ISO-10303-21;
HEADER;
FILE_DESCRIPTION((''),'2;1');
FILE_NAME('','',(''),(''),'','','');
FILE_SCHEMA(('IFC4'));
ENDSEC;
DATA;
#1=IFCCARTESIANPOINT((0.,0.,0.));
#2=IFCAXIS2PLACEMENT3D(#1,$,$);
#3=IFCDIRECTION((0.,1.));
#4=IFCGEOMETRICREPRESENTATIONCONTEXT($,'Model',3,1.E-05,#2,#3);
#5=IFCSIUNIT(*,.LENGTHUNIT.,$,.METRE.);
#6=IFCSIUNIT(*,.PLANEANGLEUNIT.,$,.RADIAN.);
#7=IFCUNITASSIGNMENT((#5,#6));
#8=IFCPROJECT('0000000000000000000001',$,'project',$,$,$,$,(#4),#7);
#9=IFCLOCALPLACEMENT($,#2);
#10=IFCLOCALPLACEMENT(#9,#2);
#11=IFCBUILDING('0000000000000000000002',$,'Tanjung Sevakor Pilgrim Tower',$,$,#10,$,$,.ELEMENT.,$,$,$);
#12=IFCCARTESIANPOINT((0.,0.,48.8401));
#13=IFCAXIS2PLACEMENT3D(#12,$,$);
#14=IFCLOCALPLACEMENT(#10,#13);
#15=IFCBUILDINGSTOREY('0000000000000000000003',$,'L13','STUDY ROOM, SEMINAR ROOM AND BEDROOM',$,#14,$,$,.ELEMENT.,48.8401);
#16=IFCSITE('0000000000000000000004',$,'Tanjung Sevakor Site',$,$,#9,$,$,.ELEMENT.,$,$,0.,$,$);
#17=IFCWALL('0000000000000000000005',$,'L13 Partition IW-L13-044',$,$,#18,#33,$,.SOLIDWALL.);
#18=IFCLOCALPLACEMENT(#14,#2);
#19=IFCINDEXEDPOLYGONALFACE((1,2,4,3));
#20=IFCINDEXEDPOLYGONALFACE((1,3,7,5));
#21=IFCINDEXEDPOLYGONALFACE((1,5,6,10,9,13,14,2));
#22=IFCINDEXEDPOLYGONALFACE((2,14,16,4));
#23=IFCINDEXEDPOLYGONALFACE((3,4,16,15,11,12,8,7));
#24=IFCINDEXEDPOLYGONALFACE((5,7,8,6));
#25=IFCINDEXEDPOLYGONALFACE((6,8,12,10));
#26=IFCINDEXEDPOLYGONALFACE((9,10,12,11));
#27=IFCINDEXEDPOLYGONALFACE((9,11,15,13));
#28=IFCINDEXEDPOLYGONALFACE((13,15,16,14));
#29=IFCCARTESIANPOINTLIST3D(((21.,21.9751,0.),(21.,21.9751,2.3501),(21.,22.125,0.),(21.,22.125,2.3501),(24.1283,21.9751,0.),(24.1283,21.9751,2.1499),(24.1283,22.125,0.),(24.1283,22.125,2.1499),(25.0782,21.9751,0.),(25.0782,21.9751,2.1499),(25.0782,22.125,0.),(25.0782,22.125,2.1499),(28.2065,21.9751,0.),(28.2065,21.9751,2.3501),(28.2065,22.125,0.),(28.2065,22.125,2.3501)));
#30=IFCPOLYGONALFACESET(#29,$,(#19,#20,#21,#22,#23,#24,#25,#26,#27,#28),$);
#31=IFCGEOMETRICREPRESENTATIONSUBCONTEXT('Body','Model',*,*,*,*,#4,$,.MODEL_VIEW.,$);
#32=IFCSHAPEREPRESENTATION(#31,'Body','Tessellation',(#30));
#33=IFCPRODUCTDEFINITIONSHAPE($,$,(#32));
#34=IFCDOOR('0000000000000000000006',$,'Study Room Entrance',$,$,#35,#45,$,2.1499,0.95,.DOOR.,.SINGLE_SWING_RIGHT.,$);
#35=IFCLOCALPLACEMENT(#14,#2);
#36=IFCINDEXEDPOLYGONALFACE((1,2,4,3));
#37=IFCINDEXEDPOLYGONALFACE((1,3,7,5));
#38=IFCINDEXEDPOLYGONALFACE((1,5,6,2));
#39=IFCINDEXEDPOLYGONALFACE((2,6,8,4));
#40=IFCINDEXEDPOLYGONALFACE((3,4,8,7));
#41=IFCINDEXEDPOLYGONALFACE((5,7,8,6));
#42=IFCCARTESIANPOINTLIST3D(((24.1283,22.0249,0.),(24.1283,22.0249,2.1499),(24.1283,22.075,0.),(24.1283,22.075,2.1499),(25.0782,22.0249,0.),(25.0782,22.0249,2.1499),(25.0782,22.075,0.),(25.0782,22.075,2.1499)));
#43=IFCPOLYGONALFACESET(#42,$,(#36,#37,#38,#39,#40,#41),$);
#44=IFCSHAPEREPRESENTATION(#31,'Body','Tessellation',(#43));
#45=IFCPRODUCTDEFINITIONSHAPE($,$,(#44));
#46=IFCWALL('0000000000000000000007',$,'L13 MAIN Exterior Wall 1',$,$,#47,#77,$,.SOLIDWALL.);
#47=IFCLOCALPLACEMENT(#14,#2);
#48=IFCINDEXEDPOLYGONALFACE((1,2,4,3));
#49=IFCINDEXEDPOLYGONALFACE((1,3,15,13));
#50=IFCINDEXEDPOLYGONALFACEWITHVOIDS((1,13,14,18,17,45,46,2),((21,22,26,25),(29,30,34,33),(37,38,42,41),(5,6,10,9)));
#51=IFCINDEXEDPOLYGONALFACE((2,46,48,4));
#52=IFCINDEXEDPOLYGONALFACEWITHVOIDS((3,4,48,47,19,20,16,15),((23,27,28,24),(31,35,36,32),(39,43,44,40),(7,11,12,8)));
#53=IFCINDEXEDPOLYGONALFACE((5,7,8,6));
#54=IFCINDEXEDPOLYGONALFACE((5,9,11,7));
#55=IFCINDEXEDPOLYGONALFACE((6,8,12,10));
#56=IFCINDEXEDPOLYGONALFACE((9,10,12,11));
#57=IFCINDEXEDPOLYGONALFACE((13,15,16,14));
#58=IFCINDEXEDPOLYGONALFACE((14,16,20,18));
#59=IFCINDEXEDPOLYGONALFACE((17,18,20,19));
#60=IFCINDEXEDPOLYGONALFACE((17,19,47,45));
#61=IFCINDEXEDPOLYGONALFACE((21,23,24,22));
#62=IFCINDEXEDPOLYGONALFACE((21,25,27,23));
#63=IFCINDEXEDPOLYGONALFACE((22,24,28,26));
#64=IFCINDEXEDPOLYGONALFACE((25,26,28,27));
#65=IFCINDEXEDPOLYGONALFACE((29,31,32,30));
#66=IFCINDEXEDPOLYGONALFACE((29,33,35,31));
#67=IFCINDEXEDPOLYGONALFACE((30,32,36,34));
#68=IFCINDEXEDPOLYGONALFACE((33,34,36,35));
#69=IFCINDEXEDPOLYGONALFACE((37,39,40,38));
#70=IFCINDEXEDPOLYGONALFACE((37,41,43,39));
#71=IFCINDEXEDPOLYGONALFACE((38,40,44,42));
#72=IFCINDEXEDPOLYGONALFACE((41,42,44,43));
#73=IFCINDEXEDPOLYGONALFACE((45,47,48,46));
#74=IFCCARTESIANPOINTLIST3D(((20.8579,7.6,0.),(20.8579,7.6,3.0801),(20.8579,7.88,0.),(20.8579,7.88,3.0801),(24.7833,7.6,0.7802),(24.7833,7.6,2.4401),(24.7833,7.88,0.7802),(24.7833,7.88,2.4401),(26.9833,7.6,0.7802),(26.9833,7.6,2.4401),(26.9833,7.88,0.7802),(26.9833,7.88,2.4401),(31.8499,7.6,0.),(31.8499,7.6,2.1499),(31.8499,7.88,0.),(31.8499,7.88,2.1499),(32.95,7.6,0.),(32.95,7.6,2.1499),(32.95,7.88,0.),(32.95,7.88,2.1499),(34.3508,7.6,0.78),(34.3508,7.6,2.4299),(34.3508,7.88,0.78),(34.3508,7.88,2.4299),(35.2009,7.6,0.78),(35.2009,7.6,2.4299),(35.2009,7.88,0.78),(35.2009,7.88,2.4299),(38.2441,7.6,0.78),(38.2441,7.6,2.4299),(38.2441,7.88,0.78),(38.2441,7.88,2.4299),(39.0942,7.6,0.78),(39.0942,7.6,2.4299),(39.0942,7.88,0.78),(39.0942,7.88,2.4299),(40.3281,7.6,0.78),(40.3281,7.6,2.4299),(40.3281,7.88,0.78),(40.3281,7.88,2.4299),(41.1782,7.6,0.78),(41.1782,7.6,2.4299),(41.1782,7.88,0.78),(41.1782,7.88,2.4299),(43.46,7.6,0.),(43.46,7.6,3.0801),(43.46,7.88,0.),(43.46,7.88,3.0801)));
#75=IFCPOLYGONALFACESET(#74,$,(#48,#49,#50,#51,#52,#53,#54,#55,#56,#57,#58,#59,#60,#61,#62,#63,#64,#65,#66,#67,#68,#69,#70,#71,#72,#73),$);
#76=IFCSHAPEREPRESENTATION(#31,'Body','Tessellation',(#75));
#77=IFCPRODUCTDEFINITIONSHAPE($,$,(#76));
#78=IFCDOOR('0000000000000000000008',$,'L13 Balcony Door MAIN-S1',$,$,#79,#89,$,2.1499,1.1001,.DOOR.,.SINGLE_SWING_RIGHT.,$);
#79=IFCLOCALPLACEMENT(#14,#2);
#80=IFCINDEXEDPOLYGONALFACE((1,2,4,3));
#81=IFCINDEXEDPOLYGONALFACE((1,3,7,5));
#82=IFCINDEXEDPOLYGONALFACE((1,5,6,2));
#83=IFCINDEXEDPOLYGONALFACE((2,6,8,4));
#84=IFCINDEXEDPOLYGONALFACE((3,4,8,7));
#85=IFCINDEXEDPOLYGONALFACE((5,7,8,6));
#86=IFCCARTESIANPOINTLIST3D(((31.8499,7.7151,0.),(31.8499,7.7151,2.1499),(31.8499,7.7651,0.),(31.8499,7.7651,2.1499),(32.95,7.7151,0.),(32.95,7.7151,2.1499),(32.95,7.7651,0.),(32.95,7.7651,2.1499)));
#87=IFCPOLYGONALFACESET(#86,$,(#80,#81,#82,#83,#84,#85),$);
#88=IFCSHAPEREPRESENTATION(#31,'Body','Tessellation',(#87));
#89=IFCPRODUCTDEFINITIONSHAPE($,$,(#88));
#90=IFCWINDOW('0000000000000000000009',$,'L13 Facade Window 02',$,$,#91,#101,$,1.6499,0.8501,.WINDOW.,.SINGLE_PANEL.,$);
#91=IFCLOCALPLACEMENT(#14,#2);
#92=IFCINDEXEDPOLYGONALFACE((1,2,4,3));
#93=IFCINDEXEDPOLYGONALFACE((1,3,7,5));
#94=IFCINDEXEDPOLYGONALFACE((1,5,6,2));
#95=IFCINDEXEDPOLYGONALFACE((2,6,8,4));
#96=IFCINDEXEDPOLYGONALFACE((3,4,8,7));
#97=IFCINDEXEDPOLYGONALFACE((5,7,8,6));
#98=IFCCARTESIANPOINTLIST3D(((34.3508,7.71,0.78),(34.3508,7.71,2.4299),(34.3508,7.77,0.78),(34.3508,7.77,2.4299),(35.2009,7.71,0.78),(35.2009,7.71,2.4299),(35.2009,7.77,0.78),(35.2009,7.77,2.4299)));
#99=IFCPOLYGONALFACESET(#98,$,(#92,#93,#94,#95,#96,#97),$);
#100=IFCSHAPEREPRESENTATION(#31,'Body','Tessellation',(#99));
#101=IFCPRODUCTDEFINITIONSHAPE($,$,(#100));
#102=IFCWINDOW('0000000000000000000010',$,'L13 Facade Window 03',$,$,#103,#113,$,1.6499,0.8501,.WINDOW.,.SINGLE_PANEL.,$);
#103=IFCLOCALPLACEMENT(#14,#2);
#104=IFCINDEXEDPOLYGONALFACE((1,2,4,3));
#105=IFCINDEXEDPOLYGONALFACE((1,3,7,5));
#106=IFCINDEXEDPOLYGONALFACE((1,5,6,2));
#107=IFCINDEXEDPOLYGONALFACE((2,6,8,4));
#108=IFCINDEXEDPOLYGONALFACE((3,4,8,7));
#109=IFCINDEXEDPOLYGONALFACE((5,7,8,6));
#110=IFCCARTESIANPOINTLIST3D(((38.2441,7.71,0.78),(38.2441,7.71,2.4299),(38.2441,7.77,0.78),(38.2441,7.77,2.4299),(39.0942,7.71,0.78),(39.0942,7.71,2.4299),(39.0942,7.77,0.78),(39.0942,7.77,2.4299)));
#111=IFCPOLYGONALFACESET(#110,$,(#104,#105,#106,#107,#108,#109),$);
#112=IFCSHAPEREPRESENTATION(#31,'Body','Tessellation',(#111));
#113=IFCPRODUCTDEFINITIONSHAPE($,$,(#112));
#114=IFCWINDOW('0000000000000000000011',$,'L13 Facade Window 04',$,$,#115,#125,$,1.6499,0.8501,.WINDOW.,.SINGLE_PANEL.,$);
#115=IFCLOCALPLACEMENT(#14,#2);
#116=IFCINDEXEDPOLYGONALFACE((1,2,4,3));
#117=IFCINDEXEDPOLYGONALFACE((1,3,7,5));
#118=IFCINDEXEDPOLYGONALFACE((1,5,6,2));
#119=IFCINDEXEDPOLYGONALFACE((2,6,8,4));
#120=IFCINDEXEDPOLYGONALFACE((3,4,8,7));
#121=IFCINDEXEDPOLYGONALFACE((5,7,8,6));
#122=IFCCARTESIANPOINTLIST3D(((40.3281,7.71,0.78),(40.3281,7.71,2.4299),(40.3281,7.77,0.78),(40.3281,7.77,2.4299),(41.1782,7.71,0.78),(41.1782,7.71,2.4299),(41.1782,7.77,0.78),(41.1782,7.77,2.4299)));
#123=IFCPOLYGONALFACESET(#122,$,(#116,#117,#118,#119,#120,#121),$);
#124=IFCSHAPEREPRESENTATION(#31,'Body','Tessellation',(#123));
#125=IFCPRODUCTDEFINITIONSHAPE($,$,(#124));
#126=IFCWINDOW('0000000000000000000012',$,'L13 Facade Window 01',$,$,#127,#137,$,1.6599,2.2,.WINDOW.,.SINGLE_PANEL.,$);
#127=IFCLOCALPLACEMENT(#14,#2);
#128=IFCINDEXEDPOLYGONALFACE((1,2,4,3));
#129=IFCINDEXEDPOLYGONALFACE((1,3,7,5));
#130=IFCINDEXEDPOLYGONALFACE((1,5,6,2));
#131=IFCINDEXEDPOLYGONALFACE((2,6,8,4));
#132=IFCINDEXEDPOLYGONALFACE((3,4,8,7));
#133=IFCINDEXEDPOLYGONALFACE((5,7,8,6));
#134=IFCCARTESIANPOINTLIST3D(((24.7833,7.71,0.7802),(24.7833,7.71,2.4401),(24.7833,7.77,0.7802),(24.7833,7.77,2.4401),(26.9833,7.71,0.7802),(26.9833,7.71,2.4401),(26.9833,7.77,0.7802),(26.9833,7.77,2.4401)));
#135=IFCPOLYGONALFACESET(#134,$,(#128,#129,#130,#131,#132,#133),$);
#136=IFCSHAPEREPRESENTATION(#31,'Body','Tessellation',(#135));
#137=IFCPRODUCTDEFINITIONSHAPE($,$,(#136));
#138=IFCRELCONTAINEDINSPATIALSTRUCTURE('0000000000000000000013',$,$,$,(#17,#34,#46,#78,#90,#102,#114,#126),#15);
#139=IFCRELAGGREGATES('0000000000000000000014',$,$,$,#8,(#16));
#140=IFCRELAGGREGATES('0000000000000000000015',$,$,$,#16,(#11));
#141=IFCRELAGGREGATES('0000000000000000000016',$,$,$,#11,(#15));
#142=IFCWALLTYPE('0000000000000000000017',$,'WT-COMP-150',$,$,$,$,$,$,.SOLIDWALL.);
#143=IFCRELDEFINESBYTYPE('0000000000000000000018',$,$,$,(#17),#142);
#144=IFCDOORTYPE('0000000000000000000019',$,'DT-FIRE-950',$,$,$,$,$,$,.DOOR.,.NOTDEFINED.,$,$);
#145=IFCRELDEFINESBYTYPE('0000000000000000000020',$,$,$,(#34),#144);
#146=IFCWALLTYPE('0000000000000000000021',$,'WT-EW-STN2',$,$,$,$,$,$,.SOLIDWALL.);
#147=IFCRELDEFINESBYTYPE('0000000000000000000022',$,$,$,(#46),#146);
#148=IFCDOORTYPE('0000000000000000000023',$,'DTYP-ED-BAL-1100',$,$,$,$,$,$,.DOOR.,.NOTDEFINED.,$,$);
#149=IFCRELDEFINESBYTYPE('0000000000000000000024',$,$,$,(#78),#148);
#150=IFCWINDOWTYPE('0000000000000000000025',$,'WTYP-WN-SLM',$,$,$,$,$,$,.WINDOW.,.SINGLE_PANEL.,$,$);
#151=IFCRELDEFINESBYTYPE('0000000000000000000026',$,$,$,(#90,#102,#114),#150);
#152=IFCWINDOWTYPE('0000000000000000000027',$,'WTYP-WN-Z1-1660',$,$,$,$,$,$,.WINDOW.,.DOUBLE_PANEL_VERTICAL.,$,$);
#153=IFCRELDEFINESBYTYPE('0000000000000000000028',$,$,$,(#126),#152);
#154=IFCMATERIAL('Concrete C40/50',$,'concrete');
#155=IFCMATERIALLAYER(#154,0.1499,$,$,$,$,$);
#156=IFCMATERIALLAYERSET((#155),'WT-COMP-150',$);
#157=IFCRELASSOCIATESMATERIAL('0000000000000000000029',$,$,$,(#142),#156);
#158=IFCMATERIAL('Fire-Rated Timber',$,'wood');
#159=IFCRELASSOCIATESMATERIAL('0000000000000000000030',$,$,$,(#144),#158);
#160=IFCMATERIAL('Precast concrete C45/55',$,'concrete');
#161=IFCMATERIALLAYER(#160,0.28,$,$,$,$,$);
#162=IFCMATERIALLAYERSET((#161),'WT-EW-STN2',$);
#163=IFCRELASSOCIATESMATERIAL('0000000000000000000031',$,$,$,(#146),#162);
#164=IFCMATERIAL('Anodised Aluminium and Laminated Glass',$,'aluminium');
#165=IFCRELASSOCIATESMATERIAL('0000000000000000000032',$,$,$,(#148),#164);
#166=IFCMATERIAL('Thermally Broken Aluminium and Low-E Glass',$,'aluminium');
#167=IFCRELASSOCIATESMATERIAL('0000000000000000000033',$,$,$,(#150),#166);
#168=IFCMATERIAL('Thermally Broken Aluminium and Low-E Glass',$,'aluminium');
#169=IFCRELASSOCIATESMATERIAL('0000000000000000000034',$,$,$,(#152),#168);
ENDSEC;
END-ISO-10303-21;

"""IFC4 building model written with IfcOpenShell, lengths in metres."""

from ifc_helpers import new_model, si_unit, direction, frame, frame_2d, origin, place, context, subcontext, project, spatial, rectangle, extrude, material, layer, layer_set, type_object, element, fill, save


model = new_model("IFC4")

# Units and contexts
model_context = context("Model", 3, precision=1e-05, world=origin(), true_north=direction((0.0, 1.0)))
body_context = subcontext(model_context, "Body", "Model", "MODEL_VIEW")
ifc_project = project(units=[si_unit("LENGTHUNIT", "METRE"), si_unit("PLANEANGLEUNIT", "RADIAN")], contexts=[model_context])

# Site, building, storey
site_placement = place(None, origin())
site = spatial("IfcSite", under=ifc_project, at=site_placement, Name="Tanjung Sevakor Site", CompositionType="ELEMENT", RefElevation=0.0)
building_placement = place(site_placement, origin())
building = spatial("IfcBuilding", under=site, at=building_placement, Name="Tanjung Sevakor Pilgrim Tower", CompositionType="ELEMENT")
storey_placement = place(building_placement, frame((0.0, 0.0, 48.8401)))
storey = spatial("IfcBuildingStorey", under=building, at=storey_placement, Name="L13", Description="STUDY ROOM, SEMINAR ROOM AND BEDROOM", CompositionType="ELEMENT", Elevation=48.8401)

# Shared definitions
ifc_material_1 = material(Name="Concrete C40/50", Category="concrete")
ifc_layer_1 = layer(ifc_material_1, 0.1499)
ifc_layer_set_1 = layer_set([ifc_layer_1], Name="WT-COMP-150")
wall_type_1 = type_object("IfcWallType", Name="WT-COMP-150", PredefinedType="SOLIDWALL", material=ifc_layer_set_1)
ifc_material_2 = material(Name="Fire-Rated Timber", Category="wood")
door_type_1 = type_object("IfcDoorType", Name="DT-FIRE-950", OperationType="NOTDEFINED", PredefinedType="DOOR", material=ifc_material_2)

# Wall, opening, door
wall_1_placement = place(storey_placement, frame((21.0, 22.05, 0.0), z_axis=(0.0, 0.0, 1.0), x_axis=(1.0, 0.0, 0.0)))
wall_1 = element("IfcWall", 1, at=wall_1_placement, inside=storey, type_object=wall_type_1, Name="L13 Partition IW-L13-044", PredefinedType="SOLIDWALL", context=body_context, shape_type="SweptSolid", body=[
    extrude(rectangle(XDim=7.2065, YDim=0.1499, at=frame_2d((3.6033, 0.0))), origin(), (0.0, 0.0, 1.0), 2.3501),
])
opening_1_placement = place(wall_1_placement, frame((3.1282, 0.0, 0.0)))
opening_1 = element("IfcOpeningElement", 2, at=opening_1_placement, cuts=wall_1, PredefinedType="OPENING", context=body_context, shape_type="SweptSolid", body=[
    extrude(rectangle(XDim=0.95, YDim=2.1499, at=frame_2d((0.4751, 1.075))), frame((0.0, 0.085, 0.0), z_axis=(0.0, -1.0, 0.0), x_axis=(1.0, 0.0, 0.0)), (0.0, 0.0, 1.0), 0.1699),
])
door_1_placement = place(opening_1_placement, origin())
door_1 = element("IfcDoor", 3, at=door_1_placement, inside=storey, type_object=door_type_1, Name="Study Room Entrance", OperationType="SINGLE_SWING_RIGHT", OverallHeight=2.1499, OverallWidth=0.95, PredefinedType="DOOR", context=body_context, shape_type="SweptSolid", body=[
    extrude(rectangle(XDim=0.95, YDim=2.1499, at=frame_2d((0.4751, 1.075))), frame((0.0, 0.0249, 0.0), z_axis=(0.0, -1.0, 0.0), x_axis=(1.0, 0.0, 0.0)), (0.0, 0.0, 1.0), 0.05),
])
fill(opening_1, door_1)

# Wall, openings, door, windows
ifc_material_3 = material(Name="Precast concrete C45/55", Category="concrete")
ifc_layer_2 = layer(ifc_material_3, 0.28)
ifc_layer_set_2 = layer_set([ifc_layer_2], Name="WT-EW-STN2")
wall_type_2 = type_object("IfcWallType", Name="WT-EW-STN2", PredefinedType="SOLIDWALL", material=ifc_layer_set_2)
wall_2_placement = place(storey_placement, frame((20.8579, 7.74, 0.0), z_axis=(0.0, 0.0, 1.0), x_axis=(1.0, 0.0, 0.0)))
wall_2 = element("IfcWall", 4, at=wall_2_placement, inside=storey, type_object=wall_type_2, Name="L13 MAIN Exterior Wall 1", PredefinedType="SOLIDWALL", context=body_context, shape_type="SweptSolid", body=[
    extrude(rectangle(XDim=22.6021, YDim=0.28, at=frame_2d((11.301, 0.0))), origin(), (0.0, 0.0, 1.0), 3.0801),
])
opening_2_placement = place(wall_2_placement, frame((10.9919, 0.0, 0.0)))
opening_2 = element("IfcOpeningElement", 5, at=opening_2_placement, cuts=wall_2, PredefinedType="OPENING", context=body_context, shape_type="SweptSolid", body=[
    extrude(rectangle(XDim=1.1001, YDim=2.1499, at=frame_2d((0.55, 1.075))), frame((0.0, 0.1499, 0.0), z_axis=(0.0, -1.0, 0.0), x_axis=(1.0, 0.0, 0.0)), (0.0, 0.0, 1.0), 0.3),
])
opening_3_placement = place(wall_2_placement, frame((3.9253, 0.0, 0.78)))
opening_3 = element("IfcOpeningElement", 6, at=opening_3_placement, cuts=wall_2, PredefinedType="OPENING", context=body_context, shape_type="SweptSolid", body=[
    extrude(rectangle(XDim=2.2, YDim=1.6599, at=frame_2d((1.1001, 0.8301))), frame((0.0, 0.1499, 0.0), z_axis=(0.0, -1.0, 0.0), x_axis=(1.0, 0.0, 0.0)), (0.0, 0.0, 1.0), 0.3),
])
opening_4_placement = place(wall_2_placement, frame((13.4929, 0.0, 0.78)))
opening_4 = element("IfcOpeningElement", 7, at=opening_4_placement, cuts=wall_2, PredefinedType="OPENING", context=body_context, shape_type="SweptSolid", body=[
    extrude(rectangle(XDim=0.8501, YDim=1.6499, at=frame_2d((0.425, 0.825))), frame((0.0, 0.1499, 0.0), z_axis=(0.0, -1.0, 0.0), x_axis=(1.0, 0.0, 0.0)), (0.0, 0.0, 1.0), 0.3),
])
opening_5_placement = place(wall_2_placement, frame((17.3862, 0.0, 0.78)))
opening_5 = element("IfcOpeningElement", 8, at=opening_5_placement, cuts=wall_2, PredefinedType="OPENING", context=body_context, shape_type="SweptSolid", body=[
    extrude(rectangle(XDim=0.8501, YDim=1.6499, at=frame_2d((0.425, 0.825))), frame((0.0, 0.1499, 0.0), z_axis=(0.0, -1.0, 0.0), x_axis=(1.0, 0.0, 0.0)), (0.0, 0.0, 1.0), 0.3),
])
opening_6_placement = place(wall_2_placement, frame((19.4702, 0.0, 0.78)))
opening_6 = element("IfcOpeningElement", 9, at=opening_6_placement, cuts=wall_2, PredefinedType="OPENING", context=body_context, shape_type="SweptSolid", body=[
    extrude(rectangle(XDim=0.8501, YDim=1.6499, at=frame_2d((0.425, 0.825))), frame((0.0, 0.1499, 0.0), z_axis=(0.0, -1.0, 0.0), x_axis=(1.0, 0.0, 0.0)), (0.0, 0.0, 1.0), 0.3),
])
ifc_material_4 = material(Name="Anodised Aluminium and Laminated Glass", Category="aluminium")
door_type_2 = type_object("IfcDoorType", Name="DTYP-ED-BAL-1100", OperationType="NOTDEFINED", PredefinedType="DOOR", material=ifc_material_4)
door_2_placement = place(opening_2_placement, frame((1.1001, 0.0, 0.0), z_axis=(0.0, 0.0, 1.0), x_axis=(-1.0, 0.0, 0.0)))
door_2 = element("IfcDoor", 10, at=door_2_placement, inside=storey, type_object=door_type_2, Name="L13 Balcony Door MAIN-S1", OperationType="SINGLE_SWING_RIGHT", OverallHeight=2.1499, OverallWidth=1.1001, PredefinedType="DOOR", context=body_context, shape_type="SweptSolid", body=[
    extrude(rectangle(XDim=1.1001, YDim=2.1499, at=frame_2d((0.55, 1.075))), frame((0.0, 0.0249, 0.0), z_axis=(0.0, -1.0, 0.0), x_axis=(1.0, 0.0, 0.0)), (0.0, 0.0, 1.0), 0.05),
])
fill(opening_2, door_2)
ifc_material_5 = material(Name="Thermally Broken Aluminium and Low-E Glass", Category="aluminium")
window_type_1 = type_object("IfcWindowType", Name="WTYP-WN-SLM", PartitioningType="SINGLE_PANEL", PredefinedType="WINDOW", material=ifc_material_5)
window_1_placement = place(opening_4_placement, origin())
window_1 = element("IfcWindow", 11, at=window_1_placement, inside=storey, type_object=window_type_1, Name="L13 Facade Window 02", OverallHeight=1.6499, OverallWidth=0.8501, PartitioningType="SINGLE_PANEL", PredefinedType="WINDOW", context=body_context, shape_type="SweptSolid", body=[
    extrude(rectangle(XDim=0.8501, YDim=1.6499, at=frame_2d((0.425, 0.825))), frame((0.0, 0.03, 0.0), z_axis=(0.0, -1.0, 0.0), x_axis=(1.0, 0.0, 0.0)), (0.0, 0.0, 1.0), 0.0601),
])
fill(opening_4, window_1)
window_2_placement = place(opening_5_placement, origin())
window_2 = element("IfcWindow", 12, at=window_2_placement, inside=storey, type_object=window_type_1, Name="L13 Facade Window 03", OverallHeight=1.6499, OverallWidth=0.8501, PartitioningType="SINGLE_PANEL", PredefinedType="WINDOW", context=body_context, shape_type="SweptSolid", body=[
    extrude(rectangle(XDim=0.8501, YDim=1.6499, at=frame_2d((0.425, 0.825))), frame((0.0, 0.03, 0.0), z_axis=(0.0, -1.0, 0.0), x_axis=(1.0, 0.0, 0.0)), (0.0, 0.0, 1.0), 0.0601),
])
fill(opening_5, window_2)
window_3_placement = place(opening_6_placement, origin())
window_3 = element("IfcWindow", 13, at=window_3_placement, inside=storey, type_object=window_type_1, Name="L13 Facade Window 04", OverallHeight=1.6499, OverallWidth=0.8501, PartitioningType="SINGLE_PANEL", PredefinedType="WINDOW", context=body_context, shape_type="SweptSolid", body=[
    extrude(rectangle(XDim=0.8501, YDim=1.6499, at=frame_2d((0.425, 0.825))), frame((0.0, 0.03, 0.0), z_axis=(0.0, -1.0, 0.0), x_axis=(1.0, 0.0, 0.0)), (0.0, 0.0, 1.0), 0.0601),
])
fill(opening_6, window_3)
ifc_material_6 = material(Name="Thermally Broken Aluminium and Low-E Glass", Category="aluminium")
window_type_2 = type_object("IfcWindowType", Name="WTYP-WN-Z1-1660", PartitioningType="DOUBLE_PANEL_VERTICAL", PredefinedType="WINDOW", material=ifc_material_6)
window_4_placement = place(opening_3_placement, origin())
window_4 = element("IfcWindow", 14, at=window_4_placement, inside=storey, type_object=window_type_2, Name="L13 Facade Window 01", OverallHeight=1.6599, OverallWidth=2.2, PartitioningType="SINGLE_PANEL", PredefinedType="WINDOW", context=body_context, shape_type="SweptSolid", body=[
    extrude(rectangle(XDim=2.2, YDim=1.6599, at=frame_2d((1.1001, 0.8301))), frame((0.0, 0.03, 0.0), z_axis=(0.0, -1.0, 0.0), x_axis=(1.0, 0.0, 0.0)), (0.0, 0.0, 1.0), 0.0601),
])
fill(opening_3, window_4)

save(model, "model.ifc")
